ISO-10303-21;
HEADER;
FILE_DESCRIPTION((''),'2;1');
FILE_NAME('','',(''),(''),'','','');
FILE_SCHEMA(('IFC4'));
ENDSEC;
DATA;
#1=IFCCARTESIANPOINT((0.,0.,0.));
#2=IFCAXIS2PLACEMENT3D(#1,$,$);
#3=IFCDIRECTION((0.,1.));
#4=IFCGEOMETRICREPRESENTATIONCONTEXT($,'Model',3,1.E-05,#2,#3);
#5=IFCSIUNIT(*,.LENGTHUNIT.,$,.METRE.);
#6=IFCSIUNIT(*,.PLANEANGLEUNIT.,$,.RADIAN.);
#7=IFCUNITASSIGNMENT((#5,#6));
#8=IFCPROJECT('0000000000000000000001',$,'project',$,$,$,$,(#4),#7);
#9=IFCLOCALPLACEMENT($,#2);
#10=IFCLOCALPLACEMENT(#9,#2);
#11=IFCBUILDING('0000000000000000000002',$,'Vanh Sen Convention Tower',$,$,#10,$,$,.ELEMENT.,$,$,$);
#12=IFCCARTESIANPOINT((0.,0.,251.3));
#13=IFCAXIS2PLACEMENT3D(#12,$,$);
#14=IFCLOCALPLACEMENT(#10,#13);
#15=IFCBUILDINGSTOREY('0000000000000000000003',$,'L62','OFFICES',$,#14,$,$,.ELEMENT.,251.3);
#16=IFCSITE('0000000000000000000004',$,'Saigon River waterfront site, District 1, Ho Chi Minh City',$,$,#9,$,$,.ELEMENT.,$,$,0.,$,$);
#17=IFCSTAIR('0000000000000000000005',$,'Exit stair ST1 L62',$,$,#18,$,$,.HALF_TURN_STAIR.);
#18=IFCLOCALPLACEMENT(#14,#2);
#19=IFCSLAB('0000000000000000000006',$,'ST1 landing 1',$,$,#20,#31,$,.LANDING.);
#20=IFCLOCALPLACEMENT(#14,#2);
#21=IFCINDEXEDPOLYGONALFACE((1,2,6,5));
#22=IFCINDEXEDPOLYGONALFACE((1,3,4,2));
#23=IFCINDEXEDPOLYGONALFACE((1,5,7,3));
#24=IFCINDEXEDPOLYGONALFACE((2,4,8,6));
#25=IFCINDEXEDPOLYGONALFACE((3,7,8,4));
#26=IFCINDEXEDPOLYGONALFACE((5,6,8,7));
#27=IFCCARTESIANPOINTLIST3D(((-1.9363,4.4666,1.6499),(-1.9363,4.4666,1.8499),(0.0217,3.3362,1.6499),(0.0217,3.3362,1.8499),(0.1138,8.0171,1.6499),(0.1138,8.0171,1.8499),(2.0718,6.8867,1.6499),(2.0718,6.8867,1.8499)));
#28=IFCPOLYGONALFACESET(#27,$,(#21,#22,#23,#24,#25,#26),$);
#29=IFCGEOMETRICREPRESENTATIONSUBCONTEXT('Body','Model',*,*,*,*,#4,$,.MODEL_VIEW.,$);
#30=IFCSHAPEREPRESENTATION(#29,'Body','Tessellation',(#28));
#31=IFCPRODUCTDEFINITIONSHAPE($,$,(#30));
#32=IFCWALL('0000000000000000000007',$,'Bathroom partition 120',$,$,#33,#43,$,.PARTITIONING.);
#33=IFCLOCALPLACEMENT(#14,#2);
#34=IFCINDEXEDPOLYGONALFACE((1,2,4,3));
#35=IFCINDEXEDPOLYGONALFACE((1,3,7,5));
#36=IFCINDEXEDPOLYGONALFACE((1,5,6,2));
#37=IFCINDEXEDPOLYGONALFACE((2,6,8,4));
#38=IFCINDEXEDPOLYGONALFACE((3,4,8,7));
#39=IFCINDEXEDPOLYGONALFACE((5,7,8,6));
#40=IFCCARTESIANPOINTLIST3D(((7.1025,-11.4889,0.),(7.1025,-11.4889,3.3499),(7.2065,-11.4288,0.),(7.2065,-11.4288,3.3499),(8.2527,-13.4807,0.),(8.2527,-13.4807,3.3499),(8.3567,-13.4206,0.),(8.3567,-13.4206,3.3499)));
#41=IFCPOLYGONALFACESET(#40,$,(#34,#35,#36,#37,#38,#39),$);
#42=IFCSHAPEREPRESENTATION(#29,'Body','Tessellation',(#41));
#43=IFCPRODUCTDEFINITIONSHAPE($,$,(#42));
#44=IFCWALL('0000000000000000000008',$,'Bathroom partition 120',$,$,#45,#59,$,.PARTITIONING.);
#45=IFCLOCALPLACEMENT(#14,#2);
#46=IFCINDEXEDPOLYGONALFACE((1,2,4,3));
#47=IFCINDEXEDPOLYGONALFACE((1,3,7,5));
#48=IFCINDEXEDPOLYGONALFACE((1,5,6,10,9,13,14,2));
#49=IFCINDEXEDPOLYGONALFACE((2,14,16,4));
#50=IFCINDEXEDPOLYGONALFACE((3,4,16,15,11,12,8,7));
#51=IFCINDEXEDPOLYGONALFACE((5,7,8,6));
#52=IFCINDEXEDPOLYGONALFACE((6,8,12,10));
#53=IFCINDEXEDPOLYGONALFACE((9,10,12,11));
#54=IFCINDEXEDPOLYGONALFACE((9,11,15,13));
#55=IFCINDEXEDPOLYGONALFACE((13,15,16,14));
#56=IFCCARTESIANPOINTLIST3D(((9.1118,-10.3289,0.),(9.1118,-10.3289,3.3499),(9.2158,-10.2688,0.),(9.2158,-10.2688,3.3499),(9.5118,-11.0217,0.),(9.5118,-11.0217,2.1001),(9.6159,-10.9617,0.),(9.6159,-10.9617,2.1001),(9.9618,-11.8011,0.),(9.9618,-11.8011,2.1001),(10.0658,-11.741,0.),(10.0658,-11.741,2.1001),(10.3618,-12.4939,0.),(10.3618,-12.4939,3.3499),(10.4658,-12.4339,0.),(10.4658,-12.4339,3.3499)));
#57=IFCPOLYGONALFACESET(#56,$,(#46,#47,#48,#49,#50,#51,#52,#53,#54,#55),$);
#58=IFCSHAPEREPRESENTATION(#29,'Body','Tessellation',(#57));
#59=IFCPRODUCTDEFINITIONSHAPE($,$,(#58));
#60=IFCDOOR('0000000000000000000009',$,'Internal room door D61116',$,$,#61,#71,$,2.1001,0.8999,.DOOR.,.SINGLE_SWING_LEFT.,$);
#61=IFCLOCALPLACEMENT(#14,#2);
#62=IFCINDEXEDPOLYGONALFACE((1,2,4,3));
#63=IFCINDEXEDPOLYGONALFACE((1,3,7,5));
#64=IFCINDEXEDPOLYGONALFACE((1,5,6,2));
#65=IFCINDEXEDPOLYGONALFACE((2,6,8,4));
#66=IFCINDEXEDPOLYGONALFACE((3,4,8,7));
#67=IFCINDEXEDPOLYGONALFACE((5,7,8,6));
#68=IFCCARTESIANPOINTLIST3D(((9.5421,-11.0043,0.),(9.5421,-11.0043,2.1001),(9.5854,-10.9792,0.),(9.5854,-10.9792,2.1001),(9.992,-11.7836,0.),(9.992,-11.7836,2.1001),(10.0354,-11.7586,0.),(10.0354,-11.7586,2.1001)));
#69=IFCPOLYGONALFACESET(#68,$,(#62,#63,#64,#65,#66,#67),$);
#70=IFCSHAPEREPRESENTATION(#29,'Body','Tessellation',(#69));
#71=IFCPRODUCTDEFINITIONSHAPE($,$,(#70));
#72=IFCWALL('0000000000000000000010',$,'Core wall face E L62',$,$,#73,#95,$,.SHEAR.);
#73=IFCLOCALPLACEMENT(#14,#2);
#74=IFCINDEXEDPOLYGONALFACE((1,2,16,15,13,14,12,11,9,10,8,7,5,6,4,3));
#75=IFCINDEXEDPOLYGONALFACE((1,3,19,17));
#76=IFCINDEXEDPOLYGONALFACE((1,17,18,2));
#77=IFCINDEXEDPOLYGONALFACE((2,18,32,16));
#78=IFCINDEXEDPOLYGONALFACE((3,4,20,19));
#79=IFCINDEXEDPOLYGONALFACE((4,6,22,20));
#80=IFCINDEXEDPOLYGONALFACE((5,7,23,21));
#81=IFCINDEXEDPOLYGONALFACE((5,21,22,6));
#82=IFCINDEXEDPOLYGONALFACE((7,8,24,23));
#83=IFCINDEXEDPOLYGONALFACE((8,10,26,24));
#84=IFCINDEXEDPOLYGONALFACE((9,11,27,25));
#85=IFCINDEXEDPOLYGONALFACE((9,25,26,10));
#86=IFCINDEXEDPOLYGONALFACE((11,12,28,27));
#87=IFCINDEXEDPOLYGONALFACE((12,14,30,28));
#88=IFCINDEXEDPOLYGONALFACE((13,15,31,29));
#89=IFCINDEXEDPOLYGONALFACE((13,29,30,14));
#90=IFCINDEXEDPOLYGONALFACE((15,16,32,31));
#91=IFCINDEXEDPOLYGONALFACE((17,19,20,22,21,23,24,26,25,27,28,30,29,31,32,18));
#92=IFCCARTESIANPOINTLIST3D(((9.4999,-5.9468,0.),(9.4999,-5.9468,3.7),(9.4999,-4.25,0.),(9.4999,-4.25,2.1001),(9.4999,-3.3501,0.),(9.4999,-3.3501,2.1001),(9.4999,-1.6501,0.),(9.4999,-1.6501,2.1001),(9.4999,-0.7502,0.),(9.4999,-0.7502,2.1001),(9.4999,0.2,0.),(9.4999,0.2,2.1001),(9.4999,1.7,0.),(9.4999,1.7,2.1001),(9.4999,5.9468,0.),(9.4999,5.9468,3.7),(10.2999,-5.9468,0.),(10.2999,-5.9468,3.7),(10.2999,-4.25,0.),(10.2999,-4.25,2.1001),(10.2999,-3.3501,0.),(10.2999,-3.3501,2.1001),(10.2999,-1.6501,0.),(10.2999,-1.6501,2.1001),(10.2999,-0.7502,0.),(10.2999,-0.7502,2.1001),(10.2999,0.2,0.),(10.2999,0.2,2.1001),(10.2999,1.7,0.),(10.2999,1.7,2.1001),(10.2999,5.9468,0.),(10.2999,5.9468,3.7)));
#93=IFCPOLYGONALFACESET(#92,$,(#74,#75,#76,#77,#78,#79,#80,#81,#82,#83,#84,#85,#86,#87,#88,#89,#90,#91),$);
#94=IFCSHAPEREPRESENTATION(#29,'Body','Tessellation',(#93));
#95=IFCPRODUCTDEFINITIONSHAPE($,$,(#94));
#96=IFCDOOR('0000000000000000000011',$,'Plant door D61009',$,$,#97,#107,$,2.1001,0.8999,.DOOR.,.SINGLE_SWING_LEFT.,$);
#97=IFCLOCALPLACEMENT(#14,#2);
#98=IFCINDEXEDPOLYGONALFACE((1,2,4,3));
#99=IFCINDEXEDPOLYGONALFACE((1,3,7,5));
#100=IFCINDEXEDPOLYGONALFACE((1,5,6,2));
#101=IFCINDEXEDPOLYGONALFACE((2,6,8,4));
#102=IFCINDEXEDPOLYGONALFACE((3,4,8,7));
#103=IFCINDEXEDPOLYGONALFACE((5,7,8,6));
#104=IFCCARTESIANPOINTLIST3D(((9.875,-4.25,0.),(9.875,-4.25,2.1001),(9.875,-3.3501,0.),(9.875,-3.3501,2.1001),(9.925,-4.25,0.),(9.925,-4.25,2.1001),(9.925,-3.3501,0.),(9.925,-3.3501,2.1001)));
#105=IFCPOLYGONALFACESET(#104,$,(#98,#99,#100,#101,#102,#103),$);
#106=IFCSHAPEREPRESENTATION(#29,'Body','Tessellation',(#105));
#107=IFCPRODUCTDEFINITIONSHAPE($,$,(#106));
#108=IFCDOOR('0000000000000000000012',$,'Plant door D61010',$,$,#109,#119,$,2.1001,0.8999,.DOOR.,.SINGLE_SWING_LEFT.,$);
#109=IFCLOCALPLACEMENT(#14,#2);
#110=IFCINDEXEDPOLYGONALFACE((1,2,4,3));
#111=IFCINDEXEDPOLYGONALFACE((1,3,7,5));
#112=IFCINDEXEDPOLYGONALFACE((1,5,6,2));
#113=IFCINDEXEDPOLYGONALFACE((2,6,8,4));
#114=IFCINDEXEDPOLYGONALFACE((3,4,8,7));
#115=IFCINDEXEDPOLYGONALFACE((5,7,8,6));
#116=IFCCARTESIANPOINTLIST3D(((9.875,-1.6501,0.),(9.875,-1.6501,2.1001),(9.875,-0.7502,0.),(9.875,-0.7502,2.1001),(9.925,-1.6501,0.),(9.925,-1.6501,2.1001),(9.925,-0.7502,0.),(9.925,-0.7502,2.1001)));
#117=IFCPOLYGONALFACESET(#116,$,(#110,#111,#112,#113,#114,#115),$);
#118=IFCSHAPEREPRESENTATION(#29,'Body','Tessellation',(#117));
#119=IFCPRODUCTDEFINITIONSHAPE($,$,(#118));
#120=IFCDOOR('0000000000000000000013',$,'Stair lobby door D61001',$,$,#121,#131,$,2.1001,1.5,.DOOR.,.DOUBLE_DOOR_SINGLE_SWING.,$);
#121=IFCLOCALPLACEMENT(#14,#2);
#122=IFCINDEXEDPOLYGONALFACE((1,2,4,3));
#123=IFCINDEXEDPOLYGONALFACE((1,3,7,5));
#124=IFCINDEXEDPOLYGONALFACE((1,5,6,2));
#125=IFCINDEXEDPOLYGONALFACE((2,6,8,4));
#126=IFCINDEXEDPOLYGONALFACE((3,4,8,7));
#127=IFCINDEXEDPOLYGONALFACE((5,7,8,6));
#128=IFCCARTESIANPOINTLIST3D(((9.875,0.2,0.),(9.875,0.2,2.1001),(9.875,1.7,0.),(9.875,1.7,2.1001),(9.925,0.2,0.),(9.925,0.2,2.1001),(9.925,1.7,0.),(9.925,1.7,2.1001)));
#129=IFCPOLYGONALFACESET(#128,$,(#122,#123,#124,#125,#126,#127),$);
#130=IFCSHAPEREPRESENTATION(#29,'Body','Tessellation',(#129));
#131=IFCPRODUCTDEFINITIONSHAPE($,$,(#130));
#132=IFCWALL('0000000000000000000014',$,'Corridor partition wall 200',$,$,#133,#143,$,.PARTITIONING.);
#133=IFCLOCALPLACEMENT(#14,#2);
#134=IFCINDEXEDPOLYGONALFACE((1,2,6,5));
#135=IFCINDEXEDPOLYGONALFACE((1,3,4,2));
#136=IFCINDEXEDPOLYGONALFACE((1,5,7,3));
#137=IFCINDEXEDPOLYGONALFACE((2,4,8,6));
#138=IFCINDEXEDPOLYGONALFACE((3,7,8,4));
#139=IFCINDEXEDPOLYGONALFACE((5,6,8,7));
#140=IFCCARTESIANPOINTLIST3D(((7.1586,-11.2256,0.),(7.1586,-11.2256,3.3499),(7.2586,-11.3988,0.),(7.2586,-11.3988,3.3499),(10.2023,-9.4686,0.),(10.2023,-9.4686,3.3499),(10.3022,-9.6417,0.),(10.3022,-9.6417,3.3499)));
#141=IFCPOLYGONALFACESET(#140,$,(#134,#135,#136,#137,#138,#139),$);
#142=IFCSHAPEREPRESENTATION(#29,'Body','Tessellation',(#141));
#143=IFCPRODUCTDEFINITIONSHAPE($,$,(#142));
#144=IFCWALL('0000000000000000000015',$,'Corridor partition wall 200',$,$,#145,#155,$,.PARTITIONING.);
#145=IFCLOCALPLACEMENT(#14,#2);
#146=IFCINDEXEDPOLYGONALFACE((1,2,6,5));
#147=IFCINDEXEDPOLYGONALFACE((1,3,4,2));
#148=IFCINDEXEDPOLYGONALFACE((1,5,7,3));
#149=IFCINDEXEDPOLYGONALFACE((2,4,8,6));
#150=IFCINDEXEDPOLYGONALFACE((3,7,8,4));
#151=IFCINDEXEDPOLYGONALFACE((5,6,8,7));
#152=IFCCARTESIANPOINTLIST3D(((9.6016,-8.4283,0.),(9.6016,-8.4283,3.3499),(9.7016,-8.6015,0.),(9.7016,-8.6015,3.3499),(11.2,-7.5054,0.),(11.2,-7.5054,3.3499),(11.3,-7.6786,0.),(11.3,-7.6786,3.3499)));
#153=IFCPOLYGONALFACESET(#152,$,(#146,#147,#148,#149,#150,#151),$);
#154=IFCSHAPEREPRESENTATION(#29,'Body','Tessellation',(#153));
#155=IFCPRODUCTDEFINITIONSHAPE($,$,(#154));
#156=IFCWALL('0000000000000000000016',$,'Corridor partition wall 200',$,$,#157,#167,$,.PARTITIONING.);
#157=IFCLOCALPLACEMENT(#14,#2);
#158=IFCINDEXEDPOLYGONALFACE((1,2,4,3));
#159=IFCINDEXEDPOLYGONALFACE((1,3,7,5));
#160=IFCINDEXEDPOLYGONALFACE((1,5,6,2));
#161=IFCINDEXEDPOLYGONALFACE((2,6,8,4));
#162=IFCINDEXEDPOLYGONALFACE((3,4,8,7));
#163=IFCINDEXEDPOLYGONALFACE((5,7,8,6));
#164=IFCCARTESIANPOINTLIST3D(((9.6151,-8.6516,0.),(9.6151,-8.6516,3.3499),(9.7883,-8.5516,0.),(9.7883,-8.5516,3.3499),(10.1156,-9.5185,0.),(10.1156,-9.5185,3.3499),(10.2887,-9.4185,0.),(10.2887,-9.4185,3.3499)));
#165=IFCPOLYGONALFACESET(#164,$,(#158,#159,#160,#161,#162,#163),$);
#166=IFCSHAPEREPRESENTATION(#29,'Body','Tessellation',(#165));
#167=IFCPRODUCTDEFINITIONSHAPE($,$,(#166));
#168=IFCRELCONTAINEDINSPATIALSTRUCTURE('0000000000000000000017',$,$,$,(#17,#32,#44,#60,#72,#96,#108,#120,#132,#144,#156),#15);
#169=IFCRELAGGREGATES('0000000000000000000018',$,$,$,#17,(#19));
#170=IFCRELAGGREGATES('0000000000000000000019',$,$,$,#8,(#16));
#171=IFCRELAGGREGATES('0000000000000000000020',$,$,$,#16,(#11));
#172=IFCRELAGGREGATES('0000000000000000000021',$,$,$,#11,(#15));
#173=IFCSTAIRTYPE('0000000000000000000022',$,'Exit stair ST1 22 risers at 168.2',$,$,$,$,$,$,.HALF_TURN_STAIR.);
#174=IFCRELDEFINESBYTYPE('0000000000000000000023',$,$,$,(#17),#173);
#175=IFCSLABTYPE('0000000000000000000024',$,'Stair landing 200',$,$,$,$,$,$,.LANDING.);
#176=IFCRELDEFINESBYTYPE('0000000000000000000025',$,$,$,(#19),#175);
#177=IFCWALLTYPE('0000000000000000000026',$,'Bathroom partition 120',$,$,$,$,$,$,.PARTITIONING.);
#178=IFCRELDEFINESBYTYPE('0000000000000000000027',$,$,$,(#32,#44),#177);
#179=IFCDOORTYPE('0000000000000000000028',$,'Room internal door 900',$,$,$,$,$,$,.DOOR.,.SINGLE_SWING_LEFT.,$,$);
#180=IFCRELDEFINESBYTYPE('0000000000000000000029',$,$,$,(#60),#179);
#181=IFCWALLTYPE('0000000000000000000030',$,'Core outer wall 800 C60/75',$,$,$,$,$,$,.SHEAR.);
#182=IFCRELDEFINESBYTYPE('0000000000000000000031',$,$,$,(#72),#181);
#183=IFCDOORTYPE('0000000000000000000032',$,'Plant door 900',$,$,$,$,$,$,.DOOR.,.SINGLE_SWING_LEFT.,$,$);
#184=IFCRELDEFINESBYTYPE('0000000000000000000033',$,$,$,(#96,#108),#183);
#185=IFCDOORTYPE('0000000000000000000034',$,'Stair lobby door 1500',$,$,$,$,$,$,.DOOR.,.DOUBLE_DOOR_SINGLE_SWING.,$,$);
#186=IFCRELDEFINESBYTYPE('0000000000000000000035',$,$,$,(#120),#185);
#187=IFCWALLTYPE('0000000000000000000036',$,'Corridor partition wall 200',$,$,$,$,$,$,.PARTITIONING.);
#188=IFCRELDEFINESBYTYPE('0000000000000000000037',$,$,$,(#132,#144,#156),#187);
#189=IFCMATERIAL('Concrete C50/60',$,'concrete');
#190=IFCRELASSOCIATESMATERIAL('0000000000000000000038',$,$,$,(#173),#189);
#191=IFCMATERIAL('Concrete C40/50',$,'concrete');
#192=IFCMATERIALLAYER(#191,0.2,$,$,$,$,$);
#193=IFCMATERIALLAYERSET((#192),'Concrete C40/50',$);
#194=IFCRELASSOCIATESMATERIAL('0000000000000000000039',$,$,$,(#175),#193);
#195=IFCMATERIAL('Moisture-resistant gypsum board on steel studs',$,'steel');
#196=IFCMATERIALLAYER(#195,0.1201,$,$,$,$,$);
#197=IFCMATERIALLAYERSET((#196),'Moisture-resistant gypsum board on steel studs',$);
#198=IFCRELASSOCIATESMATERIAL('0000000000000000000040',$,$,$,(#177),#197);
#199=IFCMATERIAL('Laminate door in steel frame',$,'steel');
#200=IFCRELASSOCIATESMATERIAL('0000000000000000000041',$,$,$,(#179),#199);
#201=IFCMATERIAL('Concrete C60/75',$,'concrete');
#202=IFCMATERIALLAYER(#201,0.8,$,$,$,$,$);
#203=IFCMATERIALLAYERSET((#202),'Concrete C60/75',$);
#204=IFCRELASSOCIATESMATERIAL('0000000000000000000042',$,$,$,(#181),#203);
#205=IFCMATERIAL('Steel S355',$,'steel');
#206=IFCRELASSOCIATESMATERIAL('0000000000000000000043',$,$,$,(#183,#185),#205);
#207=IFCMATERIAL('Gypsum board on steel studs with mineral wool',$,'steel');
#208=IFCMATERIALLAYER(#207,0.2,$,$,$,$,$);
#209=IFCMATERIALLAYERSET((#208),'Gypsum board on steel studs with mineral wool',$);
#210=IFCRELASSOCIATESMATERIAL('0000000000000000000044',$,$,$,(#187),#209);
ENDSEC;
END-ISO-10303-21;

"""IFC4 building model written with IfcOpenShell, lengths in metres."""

from ifc_helpers import new_model, si_unit, direction, frame, frame_2d, origin, place, context, subcontext, project, spatial, polyline, rectangle, outline, extrude, material, layer, layer_set, type_object, element, fill, aggregate, save


model = new_model("IFC4")

# Units and contexts
model_context = context("Model", 3, precision=1e-05, world=origin(), true_north=direction((0.0, 1.0)))
body_context = subcontext(model_context, "Body", "Model", "MODEL_VIEW")
ifc_project = project(units=[si_unit("LENGTHUNIT", "METRE"), si_unit("PLANEANGLEUNIT", "RADIAN")], contexts=[model_context])

# Site, building, storey
site_placement = place(None, origin())
site = spatial("IfcSite", under=ifc_project, at=site_placement, Name="Saigon River waterfront site, District 1, Ho Chi Minh City", CompositionType="ELEMENT", RefElevation=0.0)
building_placement = place(site_placement, origin())
building = spatial("IfcBuilding", under=site, at=building_placement, Name="Vanh Sen Convention Tower", CompositionType="ELEMENT")
storey_placement = place(building_placement, frame((0.0, 0.0, 251.3)))
storey = spatial("IfcBuildingStorey", under=building, at=storey_placement, Name="L62", Description="OFFICES", CompositionType="ELEMENT", Elevation=251.3)

# Stair, slab
ifc_material_1 = material(Name="Concrete C50/60", Category="concrete")
stair_type = type_object("IfcStairType", Name="Exit stair ST1 22 risers at 168.2", PredefinedType="HALF_TURN_STAIR", material=ifc_material_1)
stair_placement = place(storey_placement, origin())
stair = element("IfcStair", 1, at=stair_placement, inside=storey, type_object=stair_type, Name="Exit stair ST1 L62", PredefinedType="HALF_TURN_STAIR")
ifc_material_2 = material(Name="Concrete C40/50", Category="concrete")
ifc_layer_1 = layer(ifc_material_2, 0.2)
ifc_layer_set_1 = layer_set([ifc_layer_1], Name="Concrete C40/50")
slab_type = type_object("IfcSlabType", Name="Stair landing 200", PredefinedType="LANDING", material=ifc_layer_set_1)
slab_placement = place(storey_placement, frame((0.0, 0.0, 1.6499)))
slab = element("IfcSlab", 2, at=slab_placement, type_object=slab_type, Name="ST1 landing 1", PredefinedType="LANDING", context=body_context, shape_type="SweptSolid", body=[
    extrude(outline(polyline([(2.0718, 6.8867), (0.1138, 8.0171), (-1.9363, 4.4666), (0.0217, 3.3362), (2.0718, 6.8867)])), origin(), (0.0, 0.0, 1.0), 0.2),
])
aggregate(stair, [slab])

# Wall
ifc_material_3 = material(Name="Moisture-resistant gypsum board on steel studs", Category="steel")
ifc_layer_2 = layer(ifc_material_3, 0.1201)
ifc_layer_set_2 = layer_set([ifc_layer_2], Name="Moisture-resistant gypsum board on steel studs")
wall_type_1 = type_object("IfcWallType", Name="Bathroom partition 120", PredefinedType="PARTITIONING", material=ifc_layer_set_2)
wall_1_placement = place(storey_placement, frame((7.1545, -11.459, 0.0), z_axis=(0.0, 0.0, 1.0), x_axis=(0.500078, -0.865981, 0.0)))
element("IfcWall", 3, at=wall_1_placement, inside=storey, type_object=wall_type_1, Name="Bathroom partition 120", PredefinedType="PARTITIONING", context=body_context, shape_type="SweptSolid", body=[
    extrude(rectangle(XDim=2.3, YDim=0.1201, at=frame_2d((1.1499, 0.0))), origin(), (0.0, 0.0, 1.0), 3.3499),
])

# Wall, opening, door
wall_2_placement = place(storey_placement, frame((9.1638, -10.2988, 0.0), z_axis=(0.0, 0.0, 1.0), x_axis=(0.500004, -0.866023, 0.0)))
wall_2 = element("IfcWall", 4, at=wall_2_placement, inside=storey, type_object=wall_type_1, Name="Bathroom partition 120", PredefinedType="PARTITIONING", context=body_context, shape_type="SweptSolid", body=[
    extrude(rectangle(XDim=2.5, YDim=0.1201, at=frame_2d((1.25, 0.0))), origin(), (0.0, 0.0, 1.0), 3.3499),
])
opening_1_placement = place(wall_2_placement, frame((0.8, 0.0, 0.0)))
opening_1 = element("IfcOpeningElement", 5, at=opening_1_placement, cuts=wall_2, PredefinedType="OPENING", context=body_context, shape_type="SweptSolid", body=[
    extrude(rectangle(XDim=0.8999, YDim=2.1001, at=frame_2d((0.45, 1.05))), frame((0.0, 0.0701, 0.0), z_axis=(0.0, -1.0, 0.0), x_axis=(1.0, 0.0, 0.0)), (0.0, 0.0, 1.0), 0.1401),
])
ifc_material_4 = material(Name="Laminate door in steel frame", Category="steel")
door_type_1 = type_object("IfcDoorType", Name="Room internal door 900", OperationType="SINGLE_SWING_LEFT", PredefinedType="DOOR", material=ifc_material_4)
door_1_placement = place(opening_1_placement, origin())
door_1 = element("IfcDoor", 6, at=door_1_placement, inside=storey, type_object=door_type_1, Name="Internal room door D61116", OperationType="SINGLE_SWING_LEFT", OverallHeight=2.1001, OverallWidth=0.8999, PredefinedType="DOOR", context=body_context, shape_type="SweptSolid", body=[
    extrude(rectangle(XDim=0.8999, YDim=2.1001, at=frame_2d((0.45, 1.05))), frame((0.0, 0.0249, 0.0), z_axis=(0.0, -1.0, 0.0), x_axis=(1.0, 0.0, 0.0)), (0.0, 0.0, 1.0), 0.05),
])
fill(opening_1, door_1)

# Wall, openings, doors
ifc_material_5 = material(Name="Concrete C60/75", Category="concrete")
ifc_layer_3 = layer(ifc_material_5, 0.8)
ifc_layer_set_3 = layer_set([ifc_layer_3], Name="Concrete C60/75")
wall_type_2 = type_object("IfcWallType", Name="Core outer wall 800 C60/75", PredefinedType="SHEAR", material=ifc_layer_set_3)
wall_3_placement = place(storey_placement, frame((9.8999, -5.9468, 0.0), z_axis=(0.0, 0.0, 1.0), x_axis=(0.0, 1.0, 0.0)))
wall_3 = element("IfcWall", 7, at=wall_3_placement, inside=storey, type_object=wall_type_2, Name="Core wall face E L62", PredefinedType="SHEAR", context=body_context, shape_type="SweptSolid", body=[
    extrude(rectangle(XDim=11.8936, YDim=0.8, at=frame_2d((5.9468, 0.0))), origin(), (0.0, 0.0, 1.0), 3.7),
])
opening_2_placement = place(wall_3_placement, frame((6.1467, 0.0, 0.0)))
opening_2 = element("IfcOpeningElement", 8, at=opening_2_placement, cuts=wall_3, PredefinedType="OPENING", context=body_context, shape_type="SweptSolid", body=[
    extrude(rectangle(XDim=1.5, YDim=2.1001, at=frame_2d((0.75, 1.05))), frame((0.0, 0.4099, 0.0), z_axis=(0.0, -1.0, 0.0), x_axis=(1.0, 0.0, 0.0)), (0.0, 0.0, 1.0), 0.8201),
])
opening_3_placement = place(wall_3_placement, frame((1.6968, 0.0, 0.0)))
opening_3 = element("IfcOpeningElement", 9, at=opening_3_placement, cuts=wall_3, PredefinedType="OPENING", context=body_context, shape_type="SweptSolid", body=[
    extrude(rectangle(XDim=0.8999, YDim=2.1001, at=frame_2d((0.45, 1.05))), frame((0.0, 0.4099, 0.0), z_axis=(0.0, -1.0, 0.0), x_axis=(1.0, 0.0, 0.0)), (0.0, 0.0, 1.0), 0.8201),
])
opening_4_placement = place(wall_3_placement, frame((4.2966, 0.0, 0.0)))
opening_4 = element("IfcOpeningElement", 10, at=opening_4_placement, cuts=wall_3, PredefinedType="OPENING", context=body_context, shape_type="SweptSolid", body=[
    extrude(rectangle(XDim=0.8999, YDim=2.1001, at=frame_2d((0.45, 1.05))), frame((0.0, 0.4099, 0.0), z_axis=(0.0, -1.0, 0.0), x_axis=(1.0, 0.0, 0.0)), (0.0, 0.0, 1.0), 0.8201),
])
ifc_material_6 = material(Name="Steel S355", Category="steel")
door_type_2 = type_object("IfcDoorType", Name="Plant door 900", OperationType="SINGLE_SWING_LEFT", PredefinedType="DOOR", material=ifc_material_6)
door_2_placement = place(opening_3_placement, origin())
door_2 = element("IfcDoor", 11, at=door_2_placement, inside=storey, type_object=door_type_2, Name="Plant door D61009", OperationType="SINGLE_SWING_LEFT", OverallHeight=2.1001, OverallWidth=0.8999, PredefinedType="DOOR", context=body_context, shape_type="SweptSolid", body=[
    extrude(rectangle(XDim=0.8999, YDim=2.1001, at=frame_2d((0.45, 1.05))), frame((0.0, 0.0249, 0.0), z_axis=(0.0, -1.0, 0.0), x_axis=(1.0, 0.0, 0.0)), (0.0, 0.0, 1.0), 0.05),
])
fill(opening_3, door_2)
door_3_placement = place(opening_4_placement, origin())
door_3 = element("IfcDoor", 12, at=door_3_placement, inside=storey, type_object=door_type_2, Name="Plant door D61010", OperationType="SINGLE_SWING_LEFT", OverallHeight=2.1001, OverallWidth=0.8999, PredefinedType="DOOR", context=body_context, shape_type="SweptSolid", body=[
    extrude(rectangle(XDim=0.8999, YDim=2.1001, at=frame_2d((0.45, 1.05))), frame((0.0, 0.0249, 0.0), z_axis=(0.0, -1.0, 0.0), x_axis=(1.0, 0.0, 0.0)), (0.0, 0.0, 1.0), 0.05),
])
fill(opening_4, door_3)
door_type_3 = type_object("IfcDoorType", Name="Stair lobby door 1500", OperationType="DOUBLE_DOOR_SINGLE_SWING", PredefinedType="DOOR", material=ifc_material_6)
door_4_placement = place(opening_2_placement, origin())
door_4 = element("IfcDoor", 13, at=door_4_placement, inside=storey, type_object=door_type_3, Name="Stair lobby door D61001", OperationType="DOUBLE_DOOR_SINGLE_SWING", OverallHeight=2.1001, OverallWidth=1.5, PredefinedType="DOOR", context=body_context, shape_type="SweptSolid", body=[
    extrude(rectangle(XDim=1.5, YDim=2.1001, at=frame_2d((0.75, 1.05))), frame((0.0, 0.0249, 0.0), z_axis=(0.0, -1.0, 0.0), x_axis=(1.0, 0.0, 0.0)), (0.0, 0.0, 1.0), 0.05),
])
fill(opening_2, door_4)

# Walls
ifc_material_7 = material(Name="Gypsum board on steel studs with mineral wool", Category="steel")
ifc_layer_4 = layer(ifc_material_7, 0.2)
ifc_layer_set_4 = layer_set([ifc_layer_4], Name="Gypsum board on steel studs with mineral wool")
wall_type_3 = type_object("IfcWallType", Name="Corridor partition wall 200", PredefinedType="PARTITIONING", material=ifc_layer_set_4)
wall_4_placement = place(storey_placement, frame((7.2085, -11.3123, 0.0), z_axis=(0.0, 0.0, 1.0), x_axis=(0.86605, 0.499957, 0.0)))
element("IfcWall", 14, at=wall_4_placement, inside=storey, type_object=wall_type_3, Name="Corridor partition wall 200", PredefinedType="PARTITIONING", context=body_context, shape_type="SweptSolid", body=[
    extrude(rectangle(XDim=3.5144, YDim=0.2, at=frame_2d((1.7573, 0.0))), origin(), (0.0, 0.0, 1.0), 3.3499),
])
wall_5_placement = place(storey_placement, frame((9.6516, -8.5149, 0.0), z_axis=(0.0, 0.0, 1.0), x_axis=(0.86602, 0.500009, 0.0)))
element("IfcWall", 15, at=wall_5_placement, inside=storey, type_object=wall_type_3, Name="Corridor partition wall 200", PredefinedType="PARTITIONING", context=body_context, shape_type="SweptSolid", body=[
    extrude(rectangle(XDim=1.8457, YDim=0.2, at=frame_2d((0.9229, 0.0))), origin(), (0.0, 0.0, 1.0), 3.3499),
])
wall_6_placement = place(storey_placement, frame((10.2021, -9.4685, 0.0), z_axis=(0.0, 0.0, 1.0), x_axis=(-0.499969, 0.866043, 0.0)))
element("IfcWall", 16, at=wall_6_placement, inside=storey, type_object=wall_type_3, Name="Corridor partition wall 200", PredefinedType="PARTITIONING", context=body_context, shape_type="SweptSolid", body=[
    extrude(rectangle(XDim=1.001, YDim=0.2, at=frame_2d((0.5005, 0.0))), origin(), (0.0, 0.0, 1.0), 3.3499),
])

save(model, "model.ifc")
